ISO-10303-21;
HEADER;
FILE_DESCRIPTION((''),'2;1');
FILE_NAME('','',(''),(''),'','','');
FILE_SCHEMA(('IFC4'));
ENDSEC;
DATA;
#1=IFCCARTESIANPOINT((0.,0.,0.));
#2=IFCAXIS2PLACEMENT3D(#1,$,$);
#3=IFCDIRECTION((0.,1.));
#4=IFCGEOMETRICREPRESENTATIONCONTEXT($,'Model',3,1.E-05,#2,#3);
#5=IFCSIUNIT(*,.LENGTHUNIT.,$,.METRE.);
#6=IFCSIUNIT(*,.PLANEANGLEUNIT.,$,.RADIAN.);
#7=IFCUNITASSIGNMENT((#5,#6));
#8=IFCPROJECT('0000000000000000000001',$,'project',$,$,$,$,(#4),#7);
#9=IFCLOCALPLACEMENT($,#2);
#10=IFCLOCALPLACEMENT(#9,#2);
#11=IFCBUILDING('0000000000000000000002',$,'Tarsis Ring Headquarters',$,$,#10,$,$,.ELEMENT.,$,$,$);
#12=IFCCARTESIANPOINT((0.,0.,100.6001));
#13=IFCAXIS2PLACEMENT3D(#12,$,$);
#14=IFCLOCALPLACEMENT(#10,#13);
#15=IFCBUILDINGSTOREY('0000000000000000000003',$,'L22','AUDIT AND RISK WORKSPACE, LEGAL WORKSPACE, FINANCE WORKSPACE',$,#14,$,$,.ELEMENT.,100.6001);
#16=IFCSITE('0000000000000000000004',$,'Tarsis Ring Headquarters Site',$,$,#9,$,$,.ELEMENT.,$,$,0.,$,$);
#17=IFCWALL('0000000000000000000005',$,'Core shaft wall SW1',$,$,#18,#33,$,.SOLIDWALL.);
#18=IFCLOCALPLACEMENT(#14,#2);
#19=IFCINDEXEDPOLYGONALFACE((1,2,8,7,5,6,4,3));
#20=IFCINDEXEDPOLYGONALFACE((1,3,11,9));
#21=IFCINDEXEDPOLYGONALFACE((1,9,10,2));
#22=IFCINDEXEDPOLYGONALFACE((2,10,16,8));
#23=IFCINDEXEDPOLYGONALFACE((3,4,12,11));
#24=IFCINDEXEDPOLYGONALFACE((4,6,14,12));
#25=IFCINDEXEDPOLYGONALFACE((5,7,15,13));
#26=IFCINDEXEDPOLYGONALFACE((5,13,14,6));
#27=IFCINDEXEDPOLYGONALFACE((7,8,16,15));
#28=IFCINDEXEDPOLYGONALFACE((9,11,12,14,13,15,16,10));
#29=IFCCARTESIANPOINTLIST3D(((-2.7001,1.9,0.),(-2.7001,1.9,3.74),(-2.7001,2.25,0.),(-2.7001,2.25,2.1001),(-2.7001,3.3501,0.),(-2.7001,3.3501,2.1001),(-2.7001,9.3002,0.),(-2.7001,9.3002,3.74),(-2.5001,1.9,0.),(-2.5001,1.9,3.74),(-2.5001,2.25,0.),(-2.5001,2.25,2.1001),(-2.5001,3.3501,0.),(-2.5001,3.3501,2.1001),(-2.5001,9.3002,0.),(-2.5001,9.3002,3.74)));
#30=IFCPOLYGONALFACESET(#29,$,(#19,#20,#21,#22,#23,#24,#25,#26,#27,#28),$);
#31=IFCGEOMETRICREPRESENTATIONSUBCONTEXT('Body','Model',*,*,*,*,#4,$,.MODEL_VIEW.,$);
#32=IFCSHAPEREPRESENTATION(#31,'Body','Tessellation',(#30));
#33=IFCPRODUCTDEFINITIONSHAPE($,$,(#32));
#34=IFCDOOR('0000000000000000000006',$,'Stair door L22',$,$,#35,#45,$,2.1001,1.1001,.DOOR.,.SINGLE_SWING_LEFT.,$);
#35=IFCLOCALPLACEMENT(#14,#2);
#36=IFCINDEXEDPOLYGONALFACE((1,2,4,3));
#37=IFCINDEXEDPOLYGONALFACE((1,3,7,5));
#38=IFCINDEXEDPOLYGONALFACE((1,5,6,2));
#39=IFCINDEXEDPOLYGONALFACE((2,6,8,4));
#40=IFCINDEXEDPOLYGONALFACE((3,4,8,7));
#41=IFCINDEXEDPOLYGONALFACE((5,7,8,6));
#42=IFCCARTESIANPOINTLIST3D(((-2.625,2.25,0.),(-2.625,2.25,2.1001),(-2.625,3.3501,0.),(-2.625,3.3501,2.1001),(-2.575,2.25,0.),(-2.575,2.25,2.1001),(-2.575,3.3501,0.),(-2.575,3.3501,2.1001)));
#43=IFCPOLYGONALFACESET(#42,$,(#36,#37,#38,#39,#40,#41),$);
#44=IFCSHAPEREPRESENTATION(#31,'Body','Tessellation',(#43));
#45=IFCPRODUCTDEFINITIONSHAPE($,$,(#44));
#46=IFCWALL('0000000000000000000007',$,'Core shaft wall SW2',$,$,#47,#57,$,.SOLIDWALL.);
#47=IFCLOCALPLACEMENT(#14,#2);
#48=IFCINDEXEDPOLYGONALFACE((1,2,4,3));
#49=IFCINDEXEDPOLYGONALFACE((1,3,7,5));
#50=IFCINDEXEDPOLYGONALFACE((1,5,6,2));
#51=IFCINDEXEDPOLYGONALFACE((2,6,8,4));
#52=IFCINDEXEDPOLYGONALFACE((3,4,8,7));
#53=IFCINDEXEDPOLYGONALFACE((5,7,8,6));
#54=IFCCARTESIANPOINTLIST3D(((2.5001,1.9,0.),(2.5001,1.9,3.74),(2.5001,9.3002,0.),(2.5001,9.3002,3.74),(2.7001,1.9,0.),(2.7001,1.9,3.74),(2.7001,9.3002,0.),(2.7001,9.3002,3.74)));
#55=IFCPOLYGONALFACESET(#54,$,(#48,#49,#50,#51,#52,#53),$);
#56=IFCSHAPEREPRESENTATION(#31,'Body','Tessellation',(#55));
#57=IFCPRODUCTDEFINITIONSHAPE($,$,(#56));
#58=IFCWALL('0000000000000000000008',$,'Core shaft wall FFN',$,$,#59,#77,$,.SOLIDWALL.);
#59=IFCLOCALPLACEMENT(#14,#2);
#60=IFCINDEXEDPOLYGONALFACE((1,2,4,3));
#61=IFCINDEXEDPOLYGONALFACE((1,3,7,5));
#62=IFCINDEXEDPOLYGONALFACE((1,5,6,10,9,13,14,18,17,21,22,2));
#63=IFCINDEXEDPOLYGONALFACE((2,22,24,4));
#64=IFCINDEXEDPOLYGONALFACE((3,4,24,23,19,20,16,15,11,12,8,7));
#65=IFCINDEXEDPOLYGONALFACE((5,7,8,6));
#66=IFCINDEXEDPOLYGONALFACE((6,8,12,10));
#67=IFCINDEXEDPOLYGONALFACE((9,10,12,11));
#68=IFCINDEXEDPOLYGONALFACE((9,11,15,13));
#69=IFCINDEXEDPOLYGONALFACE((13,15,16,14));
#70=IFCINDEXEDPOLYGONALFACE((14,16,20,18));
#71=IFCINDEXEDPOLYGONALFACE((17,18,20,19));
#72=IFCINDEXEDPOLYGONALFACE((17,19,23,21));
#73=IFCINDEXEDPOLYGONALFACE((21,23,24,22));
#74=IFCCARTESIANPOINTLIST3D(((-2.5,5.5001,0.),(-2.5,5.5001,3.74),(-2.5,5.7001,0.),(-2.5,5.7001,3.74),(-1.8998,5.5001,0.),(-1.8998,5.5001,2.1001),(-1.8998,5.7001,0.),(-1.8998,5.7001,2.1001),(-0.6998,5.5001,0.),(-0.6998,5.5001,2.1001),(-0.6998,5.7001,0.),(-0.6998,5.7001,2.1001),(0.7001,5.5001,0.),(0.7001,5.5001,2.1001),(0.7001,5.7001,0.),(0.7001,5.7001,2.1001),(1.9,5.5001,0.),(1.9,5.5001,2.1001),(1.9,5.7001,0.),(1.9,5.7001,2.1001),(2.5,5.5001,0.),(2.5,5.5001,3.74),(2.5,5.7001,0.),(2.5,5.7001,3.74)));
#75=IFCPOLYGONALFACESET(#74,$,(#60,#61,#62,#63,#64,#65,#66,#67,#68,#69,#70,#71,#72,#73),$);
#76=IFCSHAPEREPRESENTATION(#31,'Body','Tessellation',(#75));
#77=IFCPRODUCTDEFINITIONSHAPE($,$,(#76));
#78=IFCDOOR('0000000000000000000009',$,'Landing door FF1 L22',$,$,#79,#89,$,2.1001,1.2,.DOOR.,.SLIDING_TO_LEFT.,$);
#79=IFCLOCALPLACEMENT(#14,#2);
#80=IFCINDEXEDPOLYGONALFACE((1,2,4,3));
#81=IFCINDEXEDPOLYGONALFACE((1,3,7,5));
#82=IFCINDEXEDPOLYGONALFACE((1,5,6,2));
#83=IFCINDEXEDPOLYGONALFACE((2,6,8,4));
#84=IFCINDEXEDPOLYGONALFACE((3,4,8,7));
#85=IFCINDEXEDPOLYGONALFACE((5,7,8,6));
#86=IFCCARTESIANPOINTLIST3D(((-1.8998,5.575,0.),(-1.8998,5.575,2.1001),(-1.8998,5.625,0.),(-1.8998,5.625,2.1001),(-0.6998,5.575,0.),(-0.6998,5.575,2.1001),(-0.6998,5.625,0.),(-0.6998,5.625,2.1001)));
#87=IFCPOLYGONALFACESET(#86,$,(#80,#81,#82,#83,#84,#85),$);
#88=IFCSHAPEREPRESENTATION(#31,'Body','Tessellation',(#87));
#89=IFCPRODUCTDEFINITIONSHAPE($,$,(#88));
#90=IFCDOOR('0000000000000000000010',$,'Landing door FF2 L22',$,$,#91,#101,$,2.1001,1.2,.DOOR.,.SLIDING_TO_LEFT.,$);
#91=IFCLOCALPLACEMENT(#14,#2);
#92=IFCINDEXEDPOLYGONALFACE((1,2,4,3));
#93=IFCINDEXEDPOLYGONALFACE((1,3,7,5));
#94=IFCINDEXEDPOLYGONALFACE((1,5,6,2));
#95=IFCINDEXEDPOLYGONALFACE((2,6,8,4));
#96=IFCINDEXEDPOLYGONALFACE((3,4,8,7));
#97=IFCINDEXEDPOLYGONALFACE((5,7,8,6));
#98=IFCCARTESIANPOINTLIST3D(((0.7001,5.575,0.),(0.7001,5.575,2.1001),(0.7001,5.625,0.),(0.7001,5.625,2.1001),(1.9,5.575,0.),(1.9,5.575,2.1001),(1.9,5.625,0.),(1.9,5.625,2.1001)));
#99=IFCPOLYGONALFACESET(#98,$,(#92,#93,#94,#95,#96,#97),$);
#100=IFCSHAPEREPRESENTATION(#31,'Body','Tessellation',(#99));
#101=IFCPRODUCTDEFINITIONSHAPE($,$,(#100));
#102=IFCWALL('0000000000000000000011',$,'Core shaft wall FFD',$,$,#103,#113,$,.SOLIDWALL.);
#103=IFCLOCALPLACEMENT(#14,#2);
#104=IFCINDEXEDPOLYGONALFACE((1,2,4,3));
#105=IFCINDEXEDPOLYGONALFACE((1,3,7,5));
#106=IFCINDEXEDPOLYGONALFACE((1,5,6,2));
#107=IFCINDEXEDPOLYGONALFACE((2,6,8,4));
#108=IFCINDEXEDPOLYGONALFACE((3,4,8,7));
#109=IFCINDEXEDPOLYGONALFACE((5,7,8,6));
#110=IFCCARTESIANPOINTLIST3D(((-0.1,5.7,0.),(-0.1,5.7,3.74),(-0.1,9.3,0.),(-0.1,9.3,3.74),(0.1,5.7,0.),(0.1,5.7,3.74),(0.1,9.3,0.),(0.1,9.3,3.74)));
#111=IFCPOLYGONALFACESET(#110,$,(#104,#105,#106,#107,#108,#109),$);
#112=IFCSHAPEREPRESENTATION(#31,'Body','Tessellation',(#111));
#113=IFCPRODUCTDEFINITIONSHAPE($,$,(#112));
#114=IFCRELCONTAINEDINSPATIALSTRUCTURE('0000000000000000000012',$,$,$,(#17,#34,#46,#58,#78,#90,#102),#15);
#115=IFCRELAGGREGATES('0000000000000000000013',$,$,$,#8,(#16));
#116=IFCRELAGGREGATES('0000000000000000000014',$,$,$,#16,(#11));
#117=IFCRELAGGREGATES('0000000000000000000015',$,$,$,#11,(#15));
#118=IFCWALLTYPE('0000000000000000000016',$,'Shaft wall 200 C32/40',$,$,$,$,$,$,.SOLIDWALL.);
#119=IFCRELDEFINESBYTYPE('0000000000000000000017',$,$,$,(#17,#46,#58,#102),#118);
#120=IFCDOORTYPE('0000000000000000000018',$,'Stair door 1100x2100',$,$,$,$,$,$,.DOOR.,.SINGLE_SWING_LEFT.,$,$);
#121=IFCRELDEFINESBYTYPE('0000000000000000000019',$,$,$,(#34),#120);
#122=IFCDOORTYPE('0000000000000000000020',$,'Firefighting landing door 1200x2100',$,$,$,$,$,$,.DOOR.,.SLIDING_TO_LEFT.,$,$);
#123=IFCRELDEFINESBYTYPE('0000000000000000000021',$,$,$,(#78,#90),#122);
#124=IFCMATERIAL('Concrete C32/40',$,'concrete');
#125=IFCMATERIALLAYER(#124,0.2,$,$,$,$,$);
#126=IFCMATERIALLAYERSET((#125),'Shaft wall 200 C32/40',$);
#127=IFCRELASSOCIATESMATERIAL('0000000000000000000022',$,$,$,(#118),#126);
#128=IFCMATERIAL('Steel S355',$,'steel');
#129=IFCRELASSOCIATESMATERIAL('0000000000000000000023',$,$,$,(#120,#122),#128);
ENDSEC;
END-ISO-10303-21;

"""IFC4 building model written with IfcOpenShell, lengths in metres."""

from ifc_helpers import new_model, si_unit, direction, frame, frame_2d, origin, place, context, subcontext, project, spatial, rectangle, extrude, material, layer, layer_set, type_object, element, fill, save


model = new_model("IFC4")

# Units and contexts
model_context = context("Model", 3, precision=1e-05, world=origin(), true_north=direction((0.0, 1.0)))
body_context = subcontext(model_context, "Body", "Model", "MODEL_VIEW")
ifc_project = project(units=[si_unit("LENGTHUNIT", "METRE"), si_unit("PLANEANGLEUNIT", "RADIAN")], contexts=[model_context])

# Site, building, storey
site_placement = place(None, origin())
site = spatial("IfcSite", under=ifc_project, at=site_placement, Name="Tarsis Ring Headquarters Site", CompositionType="ELEMENT", RefElevation=0.0)
building_placement = place(site_placement, origin())
building = spatial("IfcBuilding", under=site, at=building_placement, Name="Tarsis Ring Headquarters", CompositionType="ELEMENT")
storey_placement = place(building_placement, frame((0.0, 0.0, 100.6001)))
storey = spatial("IfcBuildingStorey", under=building, at=storey_placement, Name="L22", Description="AUDIT AND RISK WORKSPACE, LEGAL WORKSPACE, FINANCE WORKSPACE", CompositionType="ELEMENT", Elevation=100.6001)

# Shared definitions
ifc_material_1 = material(Name="Concrete C32/40", Category="concrete")
ifc_layer_1 = layer(ifc_material_1, 0.2)
ifc_layer_set_1 = layer_set([ifc_layer_1], Name="Shaft wall 200 C32/40")
wall_type = type_object("IfcWallType", Name="Shaft wall 200 C32/40", PredefinedType="SOLIDWALL", material=ifc_layer_set_1)
ifc_material_2 = material(Name="Steel S355", Category="steel")
door_type_1 = type_object("IfcDoorType", Name="Stair door 1100x2100", OperationType="SINGLE_SWING_LEFT", PredefinedType="DOOR", material=ifc_material_2)

# Wall, opening, door
wall_1_placement = place(storey_placement, frame((-2.6001, 1.8999, 0.0), z_axis=(0.0, 0.0, 1.0), x_axis=(0.0, 1.0, 0.0)))
wall_1 = element("IfcWall", 1, at=wall_1_placement, inside=storey, type_object=wall_type, Name="Core shaft wall SW1", PredefinedType="SOLIDWALL", context=body_context, shape_type="SweptSolid", body=[
    extrude(rectangle(XDim=7.4001, YDim=0.2, at=frame_2d((3.7002, 0.0))), origin(), (0.0, 0.0, 1.0), 3.74),
])
opening_1_placement = place(wall_1_placement, frame((0.3501, 0.0, 0.0)))
opening_1 = element("IfcOpeningElement", 2, at=opening_1_placement, cuts=wall_1, PredefinedType="OPENING", context=body_context, shape_type="SweptSolid", body=[
    extrude(rectangle(XDim=1.1001, YDim=2.1001, at=frame_2d((0.55, 1.05))), frame((0.0, 0.1099, 0.0), z_axis=(0.0, -1.0, 0.0), x_axis=(1.0, 0.0, 0.0)), (0.0, 0.0, 1.0), 0.22),
])
door_1_placement = place(opening_1_placement, origin())
door_1 = element("IfcDoor", 3, at=door_1_placement, inside=storey, type_object=door_type_1, Name="Stair door L22", OperationType="SINGLE_SWING_LEFT", OverallHeight=2.1001, OverallWidth=1.1001, PredefinedType="DOOR", context=body_context, shape_type="SweptSolid", body=[
    extrude(rectangle(XDim=1.1001, YDim=2.1001, at=frame_2d((0.55, 1.05))), frame((0.0, 0.0249, 0.0), z_axis=(0.0, -1.0, 0.0), x_axis=(1.0, 0.0, 0.0)), (0.0, 0.0, 1.0), 0.05),
])
fill(opening_1, door_1)

# Wall
wall_2_placement = place(storey_placement, frame((2.6001, 1.8999, 0.0), z_axis=(0.0, 0.0, 1.0), x_axis=(0.0, 1.0, 0.0)))
element("IfcWall", 4, at=wall_2_placement, inside=storey, type_object=wall_type, Name="Core shaft wall SW2", PredefinedType="SOLIDWALL", context=body_context, shape_type="SweptSolid", body=[
    extrude(rectangle(XDim=7.4001, YDim=0.2, at=frame_2d((3.7002, 0.0))), origin(), (0.0, 0.0, 1.0), 3.74),
])

# Wall, openings, doors
wall_3_placement = place(storey_placement, frame((-2.5, 5.6001, 0.0), z_axis=(0.0, 0.0, 1.0), x_axis=(1.0, 0.0, 0.0)))
wall_3 = element("IfcWall", 5, at=wall_3_placement, inside=storey, type_object=wall_type, Name="Core shaft wall FFN", PredefinedType="SOLIDWALL", context=body_context, shape_type="SweptSolid", body=[
    extrude(rectangle(XDim=5.0, YDim=0.2, at=frame_2d((2.5, 0.0))), origin(), (0.0, 0.0, 1.0), 3.74),
])
opening_2_placement = place(wall_3_placement, frame((0.6001, 0.0, 0.0)))
opening_2 = element("IfcOpeningElement", 6, at=opening_2_placement, cuts=wall_3, PredefinedType="OPENING", context=body_context, shape_type="SweptSolid", body=[
    extrude(rectangle(XDim=1.2, YDim=2.1001, at=frame_2d((0.6001, 1.05))), frame((0.0, 0.1099, 0.0), z_axis=(0.0, -1.0, 0.0), x_axis=(1.0, 0.0, 0.0)), (0.0, 0.0, 1.0), 0.22),
])
opening_3_placement = place(wall_3_placement, frame((3.2, 0.0, 0.0)))
opening_3 = element("IfcOpeningElement", 7, at=opening_3_placement, cuts=wall_3, PredefinedType="OPENING", context=body_context, shape_type="SweptSolid", body=[
    extrude(rectangle(XDim=1.2, YDim=2.1001, at=frame_2d((0.6001, 1.05))), frame((0.0, 0.1099, 0.0), z_axis=(0.0, -1.0, 0.0), x_axis=(1.0, 0.0, 0.0)), (0.0, 0.0, 1.0), 0.22),
])
door_type_2 = type_object("IfcDoorType", Name="Firefighting landing door 1200x2100", OperationType="SLIDING_TO_LEFT", PredefinedType="DOOR", material=ifc_material_2)
door_2_placement = place(opening_2_placement, origin())
door_2 = element("IfcDoor", 8, at=door_2_placement, inside=storey, type_object=door_type_2, Name="Landing door FF1 L22", OperationType="SLIDING_TO_LEFT", OverallHeight=2.1001, OverallWidth=1.2, PredefinedType="DOOR", context=body_context, shape_type="SweptSolid", body=[
    extrude(rectangle(XDim=1.2, YDim=2.1001, at=frame_2d((0.6001, 1.05))), frame((0.0, 0.0249, 0.0), z_axis=(0.0, -1.0, 0.0), x_axis=(1.0, 0.0, 0.0)), (0.0, 0.0, 1.0), 0.05),
])
fill(opening_2, door_2)
door_3_placement = place(opening_3_placement, origin())
door_3 = element("IfcDoor", 9, at=door_3_placement, inside=storey, type_object=door_type_2, Name="Landing door FF2 L22", OperationType="SLIDING_TO_LEFT", OverallHeight=2.1001, OverallWidth=1.2, PredefinedType="DOOR", context=body_context, shape_type="SweptSolid", body=[
    extrude(rectangle(XDim=1.2, YDim=2.1001, at=frame_2d((0.6001, 1.05))), frame((0.0, 0.0249, 0.0), z_axis=(0.0, -1.0, 0.0), x_axis=(1.0, 0.0, 0.0)), (0.0, 0.0, 1.0), 0.05),
])
fill(opening_3, door_3)

# Wall
wall_4_placement = place(storey_placement, frame((0.0, 5.7, 0.0), z_axis=(0.0, 0.0, 1.0), x_axis=(0.0, 1.0, 0.0)))
element("IfcWall", 10, at=wall_4_placement, inside=storey, type_object=wall_type, Name="Core shaft wall FFD", PredefinedType="SOLIDWALL", context=body_context, shape_type="SweptSolid", body=[
    extrude(rectangle(XDim=3.6001, YDim=0.2, at=frame_2d((1.8, 0.0))), origin(), (0.0, 0.0, 1.0), 3.74),
])

save(model, "model.ifc")
